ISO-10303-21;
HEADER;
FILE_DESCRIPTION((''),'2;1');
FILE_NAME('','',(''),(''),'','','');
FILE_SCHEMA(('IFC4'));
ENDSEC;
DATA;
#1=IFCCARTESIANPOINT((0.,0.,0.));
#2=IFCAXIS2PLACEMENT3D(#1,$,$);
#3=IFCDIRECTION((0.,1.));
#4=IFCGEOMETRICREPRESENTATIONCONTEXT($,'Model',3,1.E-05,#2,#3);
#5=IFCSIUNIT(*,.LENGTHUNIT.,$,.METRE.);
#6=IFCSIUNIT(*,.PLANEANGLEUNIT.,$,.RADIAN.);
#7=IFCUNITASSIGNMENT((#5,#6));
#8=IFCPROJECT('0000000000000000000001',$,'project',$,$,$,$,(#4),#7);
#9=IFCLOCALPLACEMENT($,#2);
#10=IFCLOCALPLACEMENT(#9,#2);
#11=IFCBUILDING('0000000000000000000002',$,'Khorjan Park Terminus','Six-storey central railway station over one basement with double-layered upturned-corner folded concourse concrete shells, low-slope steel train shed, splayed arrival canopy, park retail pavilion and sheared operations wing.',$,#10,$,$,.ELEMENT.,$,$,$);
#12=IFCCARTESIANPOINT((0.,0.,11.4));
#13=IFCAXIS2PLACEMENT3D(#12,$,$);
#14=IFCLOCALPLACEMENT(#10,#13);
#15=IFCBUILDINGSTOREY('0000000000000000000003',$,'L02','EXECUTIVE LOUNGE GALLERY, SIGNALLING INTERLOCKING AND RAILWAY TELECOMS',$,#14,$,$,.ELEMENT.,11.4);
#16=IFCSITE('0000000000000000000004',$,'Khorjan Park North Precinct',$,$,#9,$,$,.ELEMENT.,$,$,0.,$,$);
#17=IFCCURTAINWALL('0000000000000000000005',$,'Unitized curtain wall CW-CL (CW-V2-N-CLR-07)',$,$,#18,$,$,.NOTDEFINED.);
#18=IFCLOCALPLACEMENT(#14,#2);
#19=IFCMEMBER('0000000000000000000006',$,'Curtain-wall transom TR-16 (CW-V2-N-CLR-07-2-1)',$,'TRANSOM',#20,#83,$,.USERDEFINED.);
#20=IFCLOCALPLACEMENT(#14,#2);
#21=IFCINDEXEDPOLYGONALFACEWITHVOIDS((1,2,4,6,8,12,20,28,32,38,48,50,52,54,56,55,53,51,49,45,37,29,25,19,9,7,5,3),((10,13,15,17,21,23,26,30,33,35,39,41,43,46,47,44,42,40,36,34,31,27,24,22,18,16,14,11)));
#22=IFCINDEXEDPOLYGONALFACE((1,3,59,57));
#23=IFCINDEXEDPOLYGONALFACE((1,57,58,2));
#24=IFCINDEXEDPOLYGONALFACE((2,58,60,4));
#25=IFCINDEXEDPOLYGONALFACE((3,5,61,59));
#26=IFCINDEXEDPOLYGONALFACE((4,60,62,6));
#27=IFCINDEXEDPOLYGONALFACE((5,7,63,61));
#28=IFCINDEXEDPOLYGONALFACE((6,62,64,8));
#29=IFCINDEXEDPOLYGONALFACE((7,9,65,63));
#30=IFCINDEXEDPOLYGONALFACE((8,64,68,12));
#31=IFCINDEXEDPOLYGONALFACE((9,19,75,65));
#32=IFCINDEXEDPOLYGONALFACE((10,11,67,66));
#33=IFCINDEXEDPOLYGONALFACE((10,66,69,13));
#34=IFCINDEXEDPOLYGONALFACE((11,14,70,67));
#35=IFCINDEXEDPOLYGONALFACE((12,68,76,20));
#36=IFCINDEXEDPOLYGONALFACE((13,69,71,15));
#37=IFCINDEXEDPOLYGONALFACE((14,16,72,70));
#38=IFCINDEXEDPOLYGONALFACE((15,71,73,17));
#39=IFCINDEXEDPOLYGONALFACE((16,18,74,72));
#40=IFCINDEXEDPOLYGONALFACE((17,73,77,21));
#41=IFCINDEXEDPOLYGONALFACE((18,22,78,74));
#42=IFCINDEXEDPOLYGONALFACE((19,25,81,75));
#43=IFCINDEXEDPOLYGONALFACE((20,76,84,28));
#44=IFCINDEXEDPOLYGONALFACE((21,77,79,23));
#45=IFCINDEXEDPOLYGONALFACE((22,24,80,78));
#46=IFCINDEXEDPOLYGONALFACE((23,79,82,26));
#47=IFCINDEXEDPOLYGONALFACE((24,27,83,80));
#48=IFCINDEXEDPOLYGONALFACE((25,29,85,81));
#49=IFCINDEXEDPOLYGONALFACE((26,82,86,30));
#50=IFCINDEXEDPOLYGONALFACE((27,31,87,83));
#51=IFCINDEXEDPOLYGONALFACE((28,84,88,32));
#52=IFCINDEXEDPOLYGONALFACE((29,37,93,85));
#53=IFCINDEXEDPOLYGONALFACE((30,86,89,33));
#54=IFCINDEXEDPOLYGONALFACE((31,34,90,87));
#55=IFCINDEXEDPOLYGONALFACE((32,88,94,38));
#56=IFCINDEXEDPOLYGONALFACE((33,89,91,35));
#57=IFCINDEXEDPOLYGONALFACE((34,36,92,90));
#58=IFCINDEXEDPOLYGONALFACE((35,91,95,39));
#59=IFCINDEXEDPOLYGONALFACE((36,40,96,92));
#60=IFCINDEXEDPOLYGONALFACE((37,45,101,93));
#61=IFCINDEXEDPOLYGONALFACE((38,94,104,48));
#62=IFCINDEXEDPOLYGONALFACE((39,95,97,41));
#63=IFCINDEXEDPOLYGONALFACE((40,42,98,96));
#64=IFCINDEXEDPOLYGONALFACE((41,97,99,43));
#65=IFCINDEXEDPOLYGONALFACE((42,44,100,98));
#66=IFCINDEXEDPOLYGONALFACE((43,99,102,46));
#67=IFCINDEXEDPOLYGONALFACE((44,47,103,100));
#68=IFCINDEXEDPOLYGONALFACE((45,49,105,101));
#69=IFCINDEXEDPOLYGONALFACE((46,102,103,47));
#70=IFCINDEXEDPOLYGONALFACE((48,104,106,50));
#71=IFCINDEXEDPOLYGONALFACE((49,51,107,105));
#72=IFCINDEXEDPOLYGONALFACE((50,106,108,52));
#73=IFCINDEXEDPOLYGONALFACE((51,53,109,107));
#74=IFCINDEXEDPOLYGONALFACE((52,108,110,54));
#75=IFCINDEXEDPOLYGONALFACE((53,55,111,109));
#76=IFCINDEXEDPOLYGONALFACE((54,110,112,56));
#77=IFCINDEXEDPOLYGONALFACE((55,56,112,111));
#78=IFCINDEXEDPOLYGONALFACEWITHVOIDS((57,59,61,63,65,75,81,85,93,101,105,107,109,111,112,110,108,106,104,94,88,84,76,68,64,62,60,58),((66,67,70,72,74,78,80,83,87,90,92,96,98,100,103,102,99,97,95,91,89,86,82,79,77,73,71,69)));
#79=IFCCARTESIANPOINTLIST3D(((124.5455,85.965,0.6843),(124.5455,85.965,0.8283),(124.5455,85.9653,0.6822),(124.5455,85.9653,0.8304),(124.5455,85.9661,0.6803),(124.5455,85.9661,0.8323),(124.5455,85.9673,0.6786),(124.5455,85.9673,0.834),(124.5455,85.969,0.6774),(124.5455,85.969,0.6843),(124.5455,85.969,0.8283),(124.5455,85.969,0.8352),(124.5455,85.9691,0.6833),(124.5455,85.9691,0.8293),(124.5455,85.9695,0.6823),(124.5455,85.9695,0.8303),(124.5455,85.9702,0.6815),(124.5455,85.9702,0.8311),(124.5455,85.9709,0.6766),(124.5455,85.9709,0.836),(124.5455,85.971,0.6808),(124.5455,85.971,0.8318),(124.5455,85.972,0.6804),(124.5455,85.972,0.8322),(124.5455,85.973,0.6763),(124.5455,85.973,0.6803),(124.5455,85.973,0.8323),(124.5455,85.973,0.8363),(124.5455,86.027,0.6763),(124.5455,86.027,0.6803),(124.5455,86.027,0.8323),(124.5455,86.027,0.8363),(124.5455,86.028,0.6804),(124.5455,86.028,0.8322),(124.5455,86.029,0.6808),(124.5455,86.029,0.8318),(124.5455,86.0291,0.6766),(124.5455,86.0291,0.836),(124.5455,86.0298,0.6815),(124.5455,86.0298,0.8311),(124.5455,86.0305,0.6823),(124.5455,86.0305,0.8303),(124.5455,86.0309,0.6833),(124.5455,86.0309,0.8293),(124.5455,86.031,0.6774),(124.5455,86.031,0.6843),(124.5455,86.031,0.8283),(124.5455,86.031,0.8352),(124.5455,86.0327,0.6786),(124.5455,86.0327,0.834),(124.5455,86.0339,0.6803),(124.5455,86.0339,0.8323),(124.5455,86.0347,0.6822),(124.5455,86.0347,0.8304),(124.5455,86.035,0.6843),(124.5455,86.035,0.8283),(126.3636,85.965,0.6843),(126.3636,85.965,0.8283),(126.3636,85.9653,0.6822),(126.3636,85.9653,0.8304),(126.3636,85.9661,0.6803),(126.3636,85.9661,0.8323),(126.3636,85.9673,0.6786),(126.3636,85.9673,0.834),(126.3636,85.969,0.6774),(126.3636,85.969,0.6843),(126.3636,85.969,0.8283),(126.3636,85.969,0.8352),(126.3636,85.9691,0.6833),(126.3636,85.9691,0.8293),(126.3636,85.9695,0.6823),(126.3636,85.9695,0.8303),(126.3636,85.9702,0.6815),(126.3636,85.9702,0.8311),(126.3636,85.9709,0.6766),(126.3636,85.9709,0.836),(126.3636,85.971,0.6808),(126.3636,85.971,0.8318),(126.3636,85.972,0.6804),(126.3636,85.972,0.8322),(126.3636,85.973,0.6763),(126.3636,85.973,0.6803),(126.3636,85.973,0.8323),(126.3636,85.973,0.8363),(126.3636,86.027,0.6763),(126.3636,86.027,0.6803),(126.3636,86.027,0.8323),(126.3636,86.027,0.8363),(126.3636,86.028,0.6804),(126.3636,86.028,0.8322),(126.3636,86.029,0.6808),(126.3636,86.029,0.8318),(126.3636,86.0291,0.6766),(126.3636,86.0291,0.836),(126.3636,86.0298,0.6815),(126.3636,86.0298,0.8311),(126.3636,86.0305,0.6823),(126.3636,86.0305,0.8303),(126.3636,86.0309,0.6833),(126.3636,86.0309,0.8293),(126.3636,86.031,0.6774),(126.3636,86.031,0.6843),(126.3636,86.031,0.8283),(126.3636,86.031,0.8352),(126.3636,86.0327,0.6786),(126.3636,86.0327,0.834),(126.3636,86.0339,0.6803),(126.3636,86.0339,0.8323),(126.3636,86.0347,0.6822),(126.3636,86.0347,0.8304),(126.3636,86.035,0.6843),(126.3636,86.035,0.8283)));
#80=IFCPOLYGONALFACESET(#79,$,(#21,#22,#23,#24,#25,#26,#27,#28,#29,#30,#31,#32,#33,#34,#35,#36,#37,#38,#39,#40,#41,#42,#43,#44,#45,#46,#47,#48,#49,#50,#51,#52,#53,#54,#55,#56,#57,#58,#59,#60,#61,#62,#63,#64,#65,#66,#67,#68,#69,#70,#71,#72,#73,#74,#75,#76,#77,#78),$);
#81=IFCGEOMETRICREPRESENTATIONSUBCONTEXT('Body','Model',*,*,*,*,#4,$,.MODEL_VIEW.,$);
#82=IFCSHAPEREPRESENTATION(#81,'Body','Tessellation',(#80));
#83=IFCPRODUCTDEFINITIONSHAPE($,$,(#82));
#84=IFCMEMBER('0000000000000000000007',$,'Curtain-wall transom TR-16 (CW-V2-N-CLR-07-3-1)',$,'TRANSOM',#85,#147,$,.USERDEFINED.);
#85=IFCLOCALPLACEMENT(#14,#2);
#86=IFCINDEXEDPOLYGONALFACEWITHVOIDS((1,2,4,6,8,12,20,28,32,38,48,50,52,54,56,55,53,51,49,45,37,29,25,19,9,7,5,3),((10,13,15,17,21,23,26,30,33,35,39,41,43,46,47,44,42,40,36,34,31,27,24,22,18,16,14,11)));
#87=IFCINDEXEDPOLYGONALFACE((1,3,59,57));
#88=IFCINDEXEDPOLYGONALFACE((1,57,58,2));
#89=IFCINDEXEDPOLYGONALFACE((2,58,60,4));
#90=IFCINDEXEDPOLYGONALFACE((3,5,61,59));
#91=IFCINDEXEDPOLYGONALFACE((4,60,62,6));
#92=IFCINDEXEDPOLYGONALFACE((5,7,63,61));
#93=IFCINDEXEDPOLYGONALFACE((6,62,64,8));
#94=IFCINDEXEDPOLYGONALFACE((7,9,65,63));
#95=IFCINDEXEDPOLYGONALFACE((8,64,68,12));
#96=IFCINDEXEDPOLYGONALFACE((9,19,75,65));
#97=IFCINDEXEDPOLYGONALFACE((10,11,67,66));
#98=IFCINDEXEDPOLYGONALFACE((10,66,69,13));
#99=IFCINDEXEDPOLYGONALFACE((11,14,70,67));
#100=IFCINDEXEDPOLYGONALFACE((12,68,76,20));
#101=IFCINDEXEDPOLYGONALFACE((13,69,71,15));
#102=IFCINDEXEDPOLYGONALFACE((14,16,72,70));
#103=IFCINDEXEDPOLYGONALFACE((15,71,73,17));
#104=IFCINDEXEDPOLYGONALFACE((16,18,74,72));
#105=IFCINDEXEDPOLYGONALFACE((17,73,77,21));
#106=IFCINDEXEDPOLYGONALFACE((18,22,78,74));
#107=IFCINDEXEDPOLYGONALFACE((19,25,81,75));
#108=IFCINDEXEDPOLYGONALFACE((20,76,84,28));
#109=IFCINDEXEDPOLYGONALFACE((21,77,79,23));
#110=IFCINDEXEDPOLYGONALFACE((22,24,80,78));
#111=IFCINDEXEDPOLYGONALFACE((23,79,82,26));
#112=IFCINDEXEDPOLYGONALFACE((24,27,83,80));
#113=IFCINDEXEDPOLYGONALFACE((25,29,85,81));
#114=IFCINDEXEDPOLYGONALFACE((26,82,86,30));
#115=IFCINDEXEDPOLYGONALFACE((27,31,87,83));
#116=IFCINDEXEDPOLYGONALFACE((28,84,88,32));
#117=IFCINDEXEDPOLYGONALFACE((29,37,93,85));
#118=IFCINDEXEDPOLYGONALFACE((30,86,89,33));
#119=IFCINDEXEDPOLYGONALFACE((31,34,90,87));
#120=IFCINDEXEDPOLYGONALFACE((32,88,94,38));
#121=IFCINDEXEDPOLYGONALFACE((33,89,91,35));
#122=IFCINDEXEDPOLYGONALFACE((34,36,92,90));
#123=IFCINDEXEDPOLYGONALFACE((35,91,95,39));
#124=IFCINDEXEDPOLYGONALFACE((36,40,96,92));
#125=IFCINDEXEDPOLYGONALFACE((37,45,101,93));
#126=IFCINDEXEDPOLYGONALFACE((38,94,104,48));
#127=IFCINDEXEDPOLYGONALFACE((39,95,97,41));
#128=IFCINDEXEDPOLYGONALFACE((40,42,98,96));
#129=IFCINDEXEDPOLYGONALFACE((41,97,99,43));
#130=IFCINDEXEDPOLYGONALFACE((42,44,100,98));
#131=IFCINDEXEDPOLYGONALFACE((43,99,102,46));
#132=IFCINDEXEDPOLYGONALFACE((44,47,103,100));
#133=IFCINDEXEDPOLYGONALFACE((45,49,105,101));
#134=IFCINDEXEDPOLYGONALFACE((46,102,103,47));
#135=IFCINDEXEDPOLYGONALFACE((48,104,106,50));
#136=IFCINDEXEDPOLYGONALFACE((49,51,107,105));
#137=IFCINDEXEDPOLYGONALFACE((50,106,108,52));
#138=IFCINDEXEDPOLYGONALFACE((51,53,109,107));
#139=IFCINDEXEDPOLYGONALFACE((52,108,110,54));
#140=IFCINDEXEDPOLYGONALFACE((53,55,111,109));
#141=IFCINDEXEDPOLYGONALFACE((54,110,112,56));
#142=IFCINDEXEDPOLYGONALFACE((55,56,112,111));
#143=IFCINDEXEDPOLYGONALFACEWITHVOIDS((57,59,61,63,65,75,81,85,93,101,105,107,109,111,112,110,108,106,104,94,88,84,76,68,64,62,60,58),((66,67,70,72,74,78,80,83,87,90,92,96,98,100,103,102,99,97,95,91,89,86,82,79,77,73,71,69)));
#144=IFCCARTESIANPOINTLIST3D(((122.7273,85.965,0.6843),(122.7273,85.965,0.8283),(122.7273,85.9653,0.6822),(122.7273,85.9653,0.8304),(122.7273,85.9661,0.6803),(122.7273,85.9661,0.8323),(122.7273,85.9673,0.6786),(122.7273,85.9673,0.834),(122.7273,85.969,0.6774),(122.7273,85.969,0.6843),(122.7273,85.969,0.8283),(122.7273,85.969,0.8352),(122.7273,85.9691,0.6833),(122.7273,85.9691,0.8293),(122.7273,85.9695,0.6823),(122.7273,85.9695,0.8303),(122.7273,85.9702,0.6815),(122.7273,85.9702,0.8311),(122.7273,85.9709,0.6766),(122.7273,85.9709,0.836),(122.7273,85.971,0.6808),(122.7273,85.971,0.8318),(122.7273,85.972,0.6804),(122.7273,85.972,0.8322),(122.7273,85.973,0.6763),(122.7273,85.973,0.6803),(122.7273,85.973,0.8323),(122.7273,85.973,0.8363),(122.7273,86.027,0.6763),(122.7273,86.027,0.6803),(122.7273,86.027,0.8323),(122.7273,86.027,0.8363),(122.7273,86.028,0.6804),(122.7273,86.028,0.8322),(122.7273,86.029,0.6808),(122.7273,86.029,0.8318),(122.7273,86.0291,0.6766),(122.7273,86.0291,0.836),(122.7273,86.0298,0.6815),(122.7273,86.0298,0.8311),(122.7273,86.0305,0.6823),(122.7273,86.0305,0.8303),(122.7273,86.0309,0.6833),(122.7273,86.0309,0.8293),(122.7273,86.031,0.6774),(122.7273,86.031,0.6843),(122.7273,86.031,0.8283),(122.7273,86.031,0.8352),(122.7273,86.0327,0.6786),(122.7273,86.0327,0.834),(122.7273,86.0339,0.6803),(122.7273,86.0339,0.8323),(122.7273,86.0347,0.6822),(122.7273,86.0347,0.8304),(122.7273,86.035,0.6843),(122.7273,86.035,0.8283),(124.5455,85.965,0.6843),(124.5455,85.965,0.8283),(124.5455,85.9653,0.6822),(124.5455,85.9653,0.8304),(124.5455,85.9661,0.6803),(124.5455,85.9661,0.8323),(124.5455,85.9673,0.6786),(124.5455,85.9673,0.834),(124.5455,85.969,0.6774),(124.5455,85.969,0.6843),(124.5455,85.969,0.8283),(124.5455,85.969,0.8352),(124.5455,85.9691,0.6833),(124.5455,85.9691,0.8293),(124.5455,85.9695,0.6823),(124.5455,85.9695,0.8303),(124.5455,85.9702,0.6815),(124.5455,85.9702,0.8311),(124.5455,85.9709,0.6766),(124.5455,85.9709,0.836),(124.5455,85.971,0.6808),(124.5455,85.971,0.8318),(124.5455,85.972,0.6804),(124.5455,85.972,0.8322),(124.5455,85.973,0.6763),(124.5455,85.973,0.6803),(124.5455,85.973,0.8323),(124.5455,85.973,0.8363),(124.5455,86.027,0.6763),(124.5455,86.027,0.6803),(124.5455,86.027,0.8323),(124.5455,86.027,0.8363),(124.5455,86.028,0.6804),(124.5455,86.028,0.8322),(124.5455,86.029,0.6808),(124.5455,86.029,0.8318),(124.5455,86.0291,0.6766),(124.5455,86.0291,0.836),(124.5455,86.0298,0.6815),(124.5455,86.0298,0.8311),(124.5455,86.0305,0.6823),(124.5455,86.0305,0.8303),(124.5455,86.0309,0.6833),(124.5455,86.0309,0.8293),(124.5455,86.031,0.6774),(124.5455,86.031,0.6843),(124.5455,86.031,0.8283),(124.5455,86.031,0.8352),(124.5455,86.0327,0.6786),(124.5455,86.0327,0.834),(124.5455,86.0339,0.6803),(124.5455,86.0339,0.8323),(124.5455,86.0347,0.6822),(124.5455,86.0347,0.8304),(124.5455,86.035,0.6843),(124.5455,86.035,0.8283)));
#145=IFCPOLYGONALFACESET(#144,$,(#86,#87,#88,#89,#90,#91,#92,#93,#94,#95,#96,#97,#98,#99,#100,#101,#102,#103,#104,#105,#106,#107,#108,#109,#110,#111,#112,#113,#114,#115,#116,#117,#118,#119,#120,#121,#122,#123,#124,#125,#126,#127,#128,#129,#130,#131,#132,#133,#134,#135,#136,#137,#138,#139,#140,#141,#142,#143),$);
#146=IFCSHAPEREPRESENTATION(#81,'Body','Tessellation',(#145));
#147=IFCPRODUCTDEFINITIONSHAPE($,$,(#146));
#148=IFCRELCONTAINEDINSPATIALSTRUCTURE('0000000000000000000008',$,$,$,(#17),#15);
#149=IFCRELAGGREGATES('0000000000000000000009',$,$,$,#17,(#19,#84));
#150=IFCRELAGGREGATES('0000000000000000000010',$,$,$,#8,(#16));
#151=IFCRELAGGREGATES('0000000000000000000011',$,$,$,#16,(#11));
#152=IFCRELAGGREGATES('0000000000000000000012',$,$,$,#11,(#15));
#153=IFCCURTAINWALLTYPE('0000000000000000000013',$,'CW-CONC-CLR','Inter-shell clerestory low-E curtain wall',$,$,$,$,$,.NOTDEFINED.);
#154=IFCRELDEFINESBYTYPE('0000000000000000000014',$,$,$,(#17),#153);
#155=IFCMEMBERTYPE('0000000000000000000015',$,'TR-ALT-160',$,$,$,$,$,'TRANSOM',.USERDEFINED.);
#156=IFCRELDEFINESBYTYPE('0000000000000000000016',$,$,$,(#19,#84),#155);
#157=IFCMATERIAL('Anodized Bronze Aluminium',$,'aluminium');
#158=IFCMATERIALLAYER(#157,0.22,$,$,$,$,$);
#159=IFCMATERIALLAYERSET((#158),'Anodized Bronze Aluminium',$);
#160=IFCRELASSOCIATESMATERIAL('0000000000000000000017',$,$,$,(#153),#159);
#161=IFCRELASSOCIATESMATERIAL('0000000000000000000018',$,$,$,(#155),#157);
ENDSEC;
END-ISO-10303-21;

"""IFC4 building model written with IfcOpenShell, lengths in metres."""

from ifc_helpers import new_model, si_unit, direction, frame, origin, origin_2d, place, context, subcontext, project, spatial, hollow_rectangle, extrude, material, layer, layer_set, material_profile, profile_set, type_object, element, aggregate, save


model = new_model("IFC4")

# Units and contexts
model_context = context("Model", 3, precision=1e-05, world=origin(), true_north=direction((0.0, 1.0)))
body_context = subcontext(model_context, "Body", "Model", "MODEL_VIEW")
ifc_project = project(units=[si_unit("LENGTHUNIT", "METRE"), si_unit("PLANEANGLEUNIT", "RADIAN")], contexts=[model_context])

# Site, building, storey
site_placement = place(None, origin())
site = spatial("IfcSite", under=ifc_project, at=site_placement, Name="Khorjan Park North Precinct", CompositionType="ELEMENT", RefElevation=0.0)
building_placement = place(site_placement, origin())
building = spatial("IfcBuilding", under=site, at=building_placement, Name="Khorjan Park Terminus", Description="Six-storey central railway station over one basement with double-layered upturned-corner folded concourse concrete shells, low-slope steel train shed, splayed arrival canopy, park retail pavilion and sheared operations wing.", CompositionType="ELEMENT")
storey_placement = place(building_placement, frame((0.0, 0.0, 11.4)))
storey = spatial("IfcBuildingStorey", under=building, at=storey_placement, Name="L02", Description="EXECUTIVE LOUNGE GALLERY, SIGNALLING INTERLOCKING AND RAILWAY TELECOMS", CompositionType="ELEMENT", Elevation=11.4)

# Curtain wall
ifc_material_1 = material(Name="Anodized Bronze Aluminium", Category="aluminium")
ifc_layer_1 = layer(ifc_material_1, 0.22)
ifc_layer_set_1 = layer_set([ifc_layer_1], Name="Anodized Bronze Aluminium")
curtain_wall_type = type_object("IfcCurtainWallType", Name="CW-CONC-CLR", Description="Inter-shell clerestory low-E curtain wall", PredefinedType="NOTDEFINED", material=ifc_layer_set_1)
curtain_wall_placement = place(storey_placement, origin())
curtain_wall = element("IfcCurtainWall", 1, at=curtain_wall_placement, inside=storey, type_object=curtain_wall_type, Name="Unitized curtain wall CW-CL (CW-V2-N-CLR-07)", PredefinedType="NOTDEFINED")

# Members
ifc_material_profile_1 = material_profile(ifc_material_1, hollow_rectangle(XDim=0.07, YDim=0.16, WallThickness=0.004, InnerFilletRadius=0.004, OuterFilletRadius=0.008, at=origin_2d()), Name="ALT 70x160x4")
ifc_profile_set_1 = profile_set([ifc_material_profile_1], Name="Anodized Bronze Aluminium")
member_type_1 = type_object("IfcMemberType", Name="TR-ALT-160", ElementType="TRANSOM", PredefinedType="USERDEFINED", material=ifc_profile_set_1)
member_1_placement = place(storey_placement, frame((126.3636, 86.0, 0.7563), z_axis=(-1.0, 0.0, 0.0), x_axis=(0.0, -1.0, 0.0)))
member_1 = element("IfcMember", 2, at=member_1_placement, type_object=member_type_1, Name="Curtain-wall transom TR-16 (CW-V2-N-CLR-07-2-1)", ObjectType="TRANSOM", PredefinedType="USERDEFINED", context=body_context, shape_type="SweptSolid", body=[
    extrude(hollow_rectangle(XDim=0.07, YDim=0.16, WallThickness=0.004, InnerFilletRadius=0.004, OuterFilletRadius=0.008, at=origin_2d()), origin(), (0.0, 0.0, 1.0), 1.8181),
])
member_2_placement = place(storey_placement, frame((124.5455, 86.0, 0.7563), z_axis=(-1.0, 0.0, 0.0), x_axis=(0.0, -1.0, 0.0)))
member_2 = element("IfcMember", 3, at=member_2_placement, type_object=member_type_1, Name="Curtain-wall transom TR-16 (CW-V2-N-CLR-07-3-1)", ObjectType="TRANSOM", PredefinedType="USERDEFINED", context=body_context, shape_type="SweptSolid", body=[
    extrude(hollow_rectangle(XDim=0.07, YDim=0.16, WallThickness=0.004, InnerFilletRadius=0.004, OuterFilletRadius=0.008, at=origin_2d()), origin(), (0.0, 0.0, 1.0), 1.8182),
])

aggregate(curtain_wall, [member_1, member_2])

save(model, "model.ifc")
